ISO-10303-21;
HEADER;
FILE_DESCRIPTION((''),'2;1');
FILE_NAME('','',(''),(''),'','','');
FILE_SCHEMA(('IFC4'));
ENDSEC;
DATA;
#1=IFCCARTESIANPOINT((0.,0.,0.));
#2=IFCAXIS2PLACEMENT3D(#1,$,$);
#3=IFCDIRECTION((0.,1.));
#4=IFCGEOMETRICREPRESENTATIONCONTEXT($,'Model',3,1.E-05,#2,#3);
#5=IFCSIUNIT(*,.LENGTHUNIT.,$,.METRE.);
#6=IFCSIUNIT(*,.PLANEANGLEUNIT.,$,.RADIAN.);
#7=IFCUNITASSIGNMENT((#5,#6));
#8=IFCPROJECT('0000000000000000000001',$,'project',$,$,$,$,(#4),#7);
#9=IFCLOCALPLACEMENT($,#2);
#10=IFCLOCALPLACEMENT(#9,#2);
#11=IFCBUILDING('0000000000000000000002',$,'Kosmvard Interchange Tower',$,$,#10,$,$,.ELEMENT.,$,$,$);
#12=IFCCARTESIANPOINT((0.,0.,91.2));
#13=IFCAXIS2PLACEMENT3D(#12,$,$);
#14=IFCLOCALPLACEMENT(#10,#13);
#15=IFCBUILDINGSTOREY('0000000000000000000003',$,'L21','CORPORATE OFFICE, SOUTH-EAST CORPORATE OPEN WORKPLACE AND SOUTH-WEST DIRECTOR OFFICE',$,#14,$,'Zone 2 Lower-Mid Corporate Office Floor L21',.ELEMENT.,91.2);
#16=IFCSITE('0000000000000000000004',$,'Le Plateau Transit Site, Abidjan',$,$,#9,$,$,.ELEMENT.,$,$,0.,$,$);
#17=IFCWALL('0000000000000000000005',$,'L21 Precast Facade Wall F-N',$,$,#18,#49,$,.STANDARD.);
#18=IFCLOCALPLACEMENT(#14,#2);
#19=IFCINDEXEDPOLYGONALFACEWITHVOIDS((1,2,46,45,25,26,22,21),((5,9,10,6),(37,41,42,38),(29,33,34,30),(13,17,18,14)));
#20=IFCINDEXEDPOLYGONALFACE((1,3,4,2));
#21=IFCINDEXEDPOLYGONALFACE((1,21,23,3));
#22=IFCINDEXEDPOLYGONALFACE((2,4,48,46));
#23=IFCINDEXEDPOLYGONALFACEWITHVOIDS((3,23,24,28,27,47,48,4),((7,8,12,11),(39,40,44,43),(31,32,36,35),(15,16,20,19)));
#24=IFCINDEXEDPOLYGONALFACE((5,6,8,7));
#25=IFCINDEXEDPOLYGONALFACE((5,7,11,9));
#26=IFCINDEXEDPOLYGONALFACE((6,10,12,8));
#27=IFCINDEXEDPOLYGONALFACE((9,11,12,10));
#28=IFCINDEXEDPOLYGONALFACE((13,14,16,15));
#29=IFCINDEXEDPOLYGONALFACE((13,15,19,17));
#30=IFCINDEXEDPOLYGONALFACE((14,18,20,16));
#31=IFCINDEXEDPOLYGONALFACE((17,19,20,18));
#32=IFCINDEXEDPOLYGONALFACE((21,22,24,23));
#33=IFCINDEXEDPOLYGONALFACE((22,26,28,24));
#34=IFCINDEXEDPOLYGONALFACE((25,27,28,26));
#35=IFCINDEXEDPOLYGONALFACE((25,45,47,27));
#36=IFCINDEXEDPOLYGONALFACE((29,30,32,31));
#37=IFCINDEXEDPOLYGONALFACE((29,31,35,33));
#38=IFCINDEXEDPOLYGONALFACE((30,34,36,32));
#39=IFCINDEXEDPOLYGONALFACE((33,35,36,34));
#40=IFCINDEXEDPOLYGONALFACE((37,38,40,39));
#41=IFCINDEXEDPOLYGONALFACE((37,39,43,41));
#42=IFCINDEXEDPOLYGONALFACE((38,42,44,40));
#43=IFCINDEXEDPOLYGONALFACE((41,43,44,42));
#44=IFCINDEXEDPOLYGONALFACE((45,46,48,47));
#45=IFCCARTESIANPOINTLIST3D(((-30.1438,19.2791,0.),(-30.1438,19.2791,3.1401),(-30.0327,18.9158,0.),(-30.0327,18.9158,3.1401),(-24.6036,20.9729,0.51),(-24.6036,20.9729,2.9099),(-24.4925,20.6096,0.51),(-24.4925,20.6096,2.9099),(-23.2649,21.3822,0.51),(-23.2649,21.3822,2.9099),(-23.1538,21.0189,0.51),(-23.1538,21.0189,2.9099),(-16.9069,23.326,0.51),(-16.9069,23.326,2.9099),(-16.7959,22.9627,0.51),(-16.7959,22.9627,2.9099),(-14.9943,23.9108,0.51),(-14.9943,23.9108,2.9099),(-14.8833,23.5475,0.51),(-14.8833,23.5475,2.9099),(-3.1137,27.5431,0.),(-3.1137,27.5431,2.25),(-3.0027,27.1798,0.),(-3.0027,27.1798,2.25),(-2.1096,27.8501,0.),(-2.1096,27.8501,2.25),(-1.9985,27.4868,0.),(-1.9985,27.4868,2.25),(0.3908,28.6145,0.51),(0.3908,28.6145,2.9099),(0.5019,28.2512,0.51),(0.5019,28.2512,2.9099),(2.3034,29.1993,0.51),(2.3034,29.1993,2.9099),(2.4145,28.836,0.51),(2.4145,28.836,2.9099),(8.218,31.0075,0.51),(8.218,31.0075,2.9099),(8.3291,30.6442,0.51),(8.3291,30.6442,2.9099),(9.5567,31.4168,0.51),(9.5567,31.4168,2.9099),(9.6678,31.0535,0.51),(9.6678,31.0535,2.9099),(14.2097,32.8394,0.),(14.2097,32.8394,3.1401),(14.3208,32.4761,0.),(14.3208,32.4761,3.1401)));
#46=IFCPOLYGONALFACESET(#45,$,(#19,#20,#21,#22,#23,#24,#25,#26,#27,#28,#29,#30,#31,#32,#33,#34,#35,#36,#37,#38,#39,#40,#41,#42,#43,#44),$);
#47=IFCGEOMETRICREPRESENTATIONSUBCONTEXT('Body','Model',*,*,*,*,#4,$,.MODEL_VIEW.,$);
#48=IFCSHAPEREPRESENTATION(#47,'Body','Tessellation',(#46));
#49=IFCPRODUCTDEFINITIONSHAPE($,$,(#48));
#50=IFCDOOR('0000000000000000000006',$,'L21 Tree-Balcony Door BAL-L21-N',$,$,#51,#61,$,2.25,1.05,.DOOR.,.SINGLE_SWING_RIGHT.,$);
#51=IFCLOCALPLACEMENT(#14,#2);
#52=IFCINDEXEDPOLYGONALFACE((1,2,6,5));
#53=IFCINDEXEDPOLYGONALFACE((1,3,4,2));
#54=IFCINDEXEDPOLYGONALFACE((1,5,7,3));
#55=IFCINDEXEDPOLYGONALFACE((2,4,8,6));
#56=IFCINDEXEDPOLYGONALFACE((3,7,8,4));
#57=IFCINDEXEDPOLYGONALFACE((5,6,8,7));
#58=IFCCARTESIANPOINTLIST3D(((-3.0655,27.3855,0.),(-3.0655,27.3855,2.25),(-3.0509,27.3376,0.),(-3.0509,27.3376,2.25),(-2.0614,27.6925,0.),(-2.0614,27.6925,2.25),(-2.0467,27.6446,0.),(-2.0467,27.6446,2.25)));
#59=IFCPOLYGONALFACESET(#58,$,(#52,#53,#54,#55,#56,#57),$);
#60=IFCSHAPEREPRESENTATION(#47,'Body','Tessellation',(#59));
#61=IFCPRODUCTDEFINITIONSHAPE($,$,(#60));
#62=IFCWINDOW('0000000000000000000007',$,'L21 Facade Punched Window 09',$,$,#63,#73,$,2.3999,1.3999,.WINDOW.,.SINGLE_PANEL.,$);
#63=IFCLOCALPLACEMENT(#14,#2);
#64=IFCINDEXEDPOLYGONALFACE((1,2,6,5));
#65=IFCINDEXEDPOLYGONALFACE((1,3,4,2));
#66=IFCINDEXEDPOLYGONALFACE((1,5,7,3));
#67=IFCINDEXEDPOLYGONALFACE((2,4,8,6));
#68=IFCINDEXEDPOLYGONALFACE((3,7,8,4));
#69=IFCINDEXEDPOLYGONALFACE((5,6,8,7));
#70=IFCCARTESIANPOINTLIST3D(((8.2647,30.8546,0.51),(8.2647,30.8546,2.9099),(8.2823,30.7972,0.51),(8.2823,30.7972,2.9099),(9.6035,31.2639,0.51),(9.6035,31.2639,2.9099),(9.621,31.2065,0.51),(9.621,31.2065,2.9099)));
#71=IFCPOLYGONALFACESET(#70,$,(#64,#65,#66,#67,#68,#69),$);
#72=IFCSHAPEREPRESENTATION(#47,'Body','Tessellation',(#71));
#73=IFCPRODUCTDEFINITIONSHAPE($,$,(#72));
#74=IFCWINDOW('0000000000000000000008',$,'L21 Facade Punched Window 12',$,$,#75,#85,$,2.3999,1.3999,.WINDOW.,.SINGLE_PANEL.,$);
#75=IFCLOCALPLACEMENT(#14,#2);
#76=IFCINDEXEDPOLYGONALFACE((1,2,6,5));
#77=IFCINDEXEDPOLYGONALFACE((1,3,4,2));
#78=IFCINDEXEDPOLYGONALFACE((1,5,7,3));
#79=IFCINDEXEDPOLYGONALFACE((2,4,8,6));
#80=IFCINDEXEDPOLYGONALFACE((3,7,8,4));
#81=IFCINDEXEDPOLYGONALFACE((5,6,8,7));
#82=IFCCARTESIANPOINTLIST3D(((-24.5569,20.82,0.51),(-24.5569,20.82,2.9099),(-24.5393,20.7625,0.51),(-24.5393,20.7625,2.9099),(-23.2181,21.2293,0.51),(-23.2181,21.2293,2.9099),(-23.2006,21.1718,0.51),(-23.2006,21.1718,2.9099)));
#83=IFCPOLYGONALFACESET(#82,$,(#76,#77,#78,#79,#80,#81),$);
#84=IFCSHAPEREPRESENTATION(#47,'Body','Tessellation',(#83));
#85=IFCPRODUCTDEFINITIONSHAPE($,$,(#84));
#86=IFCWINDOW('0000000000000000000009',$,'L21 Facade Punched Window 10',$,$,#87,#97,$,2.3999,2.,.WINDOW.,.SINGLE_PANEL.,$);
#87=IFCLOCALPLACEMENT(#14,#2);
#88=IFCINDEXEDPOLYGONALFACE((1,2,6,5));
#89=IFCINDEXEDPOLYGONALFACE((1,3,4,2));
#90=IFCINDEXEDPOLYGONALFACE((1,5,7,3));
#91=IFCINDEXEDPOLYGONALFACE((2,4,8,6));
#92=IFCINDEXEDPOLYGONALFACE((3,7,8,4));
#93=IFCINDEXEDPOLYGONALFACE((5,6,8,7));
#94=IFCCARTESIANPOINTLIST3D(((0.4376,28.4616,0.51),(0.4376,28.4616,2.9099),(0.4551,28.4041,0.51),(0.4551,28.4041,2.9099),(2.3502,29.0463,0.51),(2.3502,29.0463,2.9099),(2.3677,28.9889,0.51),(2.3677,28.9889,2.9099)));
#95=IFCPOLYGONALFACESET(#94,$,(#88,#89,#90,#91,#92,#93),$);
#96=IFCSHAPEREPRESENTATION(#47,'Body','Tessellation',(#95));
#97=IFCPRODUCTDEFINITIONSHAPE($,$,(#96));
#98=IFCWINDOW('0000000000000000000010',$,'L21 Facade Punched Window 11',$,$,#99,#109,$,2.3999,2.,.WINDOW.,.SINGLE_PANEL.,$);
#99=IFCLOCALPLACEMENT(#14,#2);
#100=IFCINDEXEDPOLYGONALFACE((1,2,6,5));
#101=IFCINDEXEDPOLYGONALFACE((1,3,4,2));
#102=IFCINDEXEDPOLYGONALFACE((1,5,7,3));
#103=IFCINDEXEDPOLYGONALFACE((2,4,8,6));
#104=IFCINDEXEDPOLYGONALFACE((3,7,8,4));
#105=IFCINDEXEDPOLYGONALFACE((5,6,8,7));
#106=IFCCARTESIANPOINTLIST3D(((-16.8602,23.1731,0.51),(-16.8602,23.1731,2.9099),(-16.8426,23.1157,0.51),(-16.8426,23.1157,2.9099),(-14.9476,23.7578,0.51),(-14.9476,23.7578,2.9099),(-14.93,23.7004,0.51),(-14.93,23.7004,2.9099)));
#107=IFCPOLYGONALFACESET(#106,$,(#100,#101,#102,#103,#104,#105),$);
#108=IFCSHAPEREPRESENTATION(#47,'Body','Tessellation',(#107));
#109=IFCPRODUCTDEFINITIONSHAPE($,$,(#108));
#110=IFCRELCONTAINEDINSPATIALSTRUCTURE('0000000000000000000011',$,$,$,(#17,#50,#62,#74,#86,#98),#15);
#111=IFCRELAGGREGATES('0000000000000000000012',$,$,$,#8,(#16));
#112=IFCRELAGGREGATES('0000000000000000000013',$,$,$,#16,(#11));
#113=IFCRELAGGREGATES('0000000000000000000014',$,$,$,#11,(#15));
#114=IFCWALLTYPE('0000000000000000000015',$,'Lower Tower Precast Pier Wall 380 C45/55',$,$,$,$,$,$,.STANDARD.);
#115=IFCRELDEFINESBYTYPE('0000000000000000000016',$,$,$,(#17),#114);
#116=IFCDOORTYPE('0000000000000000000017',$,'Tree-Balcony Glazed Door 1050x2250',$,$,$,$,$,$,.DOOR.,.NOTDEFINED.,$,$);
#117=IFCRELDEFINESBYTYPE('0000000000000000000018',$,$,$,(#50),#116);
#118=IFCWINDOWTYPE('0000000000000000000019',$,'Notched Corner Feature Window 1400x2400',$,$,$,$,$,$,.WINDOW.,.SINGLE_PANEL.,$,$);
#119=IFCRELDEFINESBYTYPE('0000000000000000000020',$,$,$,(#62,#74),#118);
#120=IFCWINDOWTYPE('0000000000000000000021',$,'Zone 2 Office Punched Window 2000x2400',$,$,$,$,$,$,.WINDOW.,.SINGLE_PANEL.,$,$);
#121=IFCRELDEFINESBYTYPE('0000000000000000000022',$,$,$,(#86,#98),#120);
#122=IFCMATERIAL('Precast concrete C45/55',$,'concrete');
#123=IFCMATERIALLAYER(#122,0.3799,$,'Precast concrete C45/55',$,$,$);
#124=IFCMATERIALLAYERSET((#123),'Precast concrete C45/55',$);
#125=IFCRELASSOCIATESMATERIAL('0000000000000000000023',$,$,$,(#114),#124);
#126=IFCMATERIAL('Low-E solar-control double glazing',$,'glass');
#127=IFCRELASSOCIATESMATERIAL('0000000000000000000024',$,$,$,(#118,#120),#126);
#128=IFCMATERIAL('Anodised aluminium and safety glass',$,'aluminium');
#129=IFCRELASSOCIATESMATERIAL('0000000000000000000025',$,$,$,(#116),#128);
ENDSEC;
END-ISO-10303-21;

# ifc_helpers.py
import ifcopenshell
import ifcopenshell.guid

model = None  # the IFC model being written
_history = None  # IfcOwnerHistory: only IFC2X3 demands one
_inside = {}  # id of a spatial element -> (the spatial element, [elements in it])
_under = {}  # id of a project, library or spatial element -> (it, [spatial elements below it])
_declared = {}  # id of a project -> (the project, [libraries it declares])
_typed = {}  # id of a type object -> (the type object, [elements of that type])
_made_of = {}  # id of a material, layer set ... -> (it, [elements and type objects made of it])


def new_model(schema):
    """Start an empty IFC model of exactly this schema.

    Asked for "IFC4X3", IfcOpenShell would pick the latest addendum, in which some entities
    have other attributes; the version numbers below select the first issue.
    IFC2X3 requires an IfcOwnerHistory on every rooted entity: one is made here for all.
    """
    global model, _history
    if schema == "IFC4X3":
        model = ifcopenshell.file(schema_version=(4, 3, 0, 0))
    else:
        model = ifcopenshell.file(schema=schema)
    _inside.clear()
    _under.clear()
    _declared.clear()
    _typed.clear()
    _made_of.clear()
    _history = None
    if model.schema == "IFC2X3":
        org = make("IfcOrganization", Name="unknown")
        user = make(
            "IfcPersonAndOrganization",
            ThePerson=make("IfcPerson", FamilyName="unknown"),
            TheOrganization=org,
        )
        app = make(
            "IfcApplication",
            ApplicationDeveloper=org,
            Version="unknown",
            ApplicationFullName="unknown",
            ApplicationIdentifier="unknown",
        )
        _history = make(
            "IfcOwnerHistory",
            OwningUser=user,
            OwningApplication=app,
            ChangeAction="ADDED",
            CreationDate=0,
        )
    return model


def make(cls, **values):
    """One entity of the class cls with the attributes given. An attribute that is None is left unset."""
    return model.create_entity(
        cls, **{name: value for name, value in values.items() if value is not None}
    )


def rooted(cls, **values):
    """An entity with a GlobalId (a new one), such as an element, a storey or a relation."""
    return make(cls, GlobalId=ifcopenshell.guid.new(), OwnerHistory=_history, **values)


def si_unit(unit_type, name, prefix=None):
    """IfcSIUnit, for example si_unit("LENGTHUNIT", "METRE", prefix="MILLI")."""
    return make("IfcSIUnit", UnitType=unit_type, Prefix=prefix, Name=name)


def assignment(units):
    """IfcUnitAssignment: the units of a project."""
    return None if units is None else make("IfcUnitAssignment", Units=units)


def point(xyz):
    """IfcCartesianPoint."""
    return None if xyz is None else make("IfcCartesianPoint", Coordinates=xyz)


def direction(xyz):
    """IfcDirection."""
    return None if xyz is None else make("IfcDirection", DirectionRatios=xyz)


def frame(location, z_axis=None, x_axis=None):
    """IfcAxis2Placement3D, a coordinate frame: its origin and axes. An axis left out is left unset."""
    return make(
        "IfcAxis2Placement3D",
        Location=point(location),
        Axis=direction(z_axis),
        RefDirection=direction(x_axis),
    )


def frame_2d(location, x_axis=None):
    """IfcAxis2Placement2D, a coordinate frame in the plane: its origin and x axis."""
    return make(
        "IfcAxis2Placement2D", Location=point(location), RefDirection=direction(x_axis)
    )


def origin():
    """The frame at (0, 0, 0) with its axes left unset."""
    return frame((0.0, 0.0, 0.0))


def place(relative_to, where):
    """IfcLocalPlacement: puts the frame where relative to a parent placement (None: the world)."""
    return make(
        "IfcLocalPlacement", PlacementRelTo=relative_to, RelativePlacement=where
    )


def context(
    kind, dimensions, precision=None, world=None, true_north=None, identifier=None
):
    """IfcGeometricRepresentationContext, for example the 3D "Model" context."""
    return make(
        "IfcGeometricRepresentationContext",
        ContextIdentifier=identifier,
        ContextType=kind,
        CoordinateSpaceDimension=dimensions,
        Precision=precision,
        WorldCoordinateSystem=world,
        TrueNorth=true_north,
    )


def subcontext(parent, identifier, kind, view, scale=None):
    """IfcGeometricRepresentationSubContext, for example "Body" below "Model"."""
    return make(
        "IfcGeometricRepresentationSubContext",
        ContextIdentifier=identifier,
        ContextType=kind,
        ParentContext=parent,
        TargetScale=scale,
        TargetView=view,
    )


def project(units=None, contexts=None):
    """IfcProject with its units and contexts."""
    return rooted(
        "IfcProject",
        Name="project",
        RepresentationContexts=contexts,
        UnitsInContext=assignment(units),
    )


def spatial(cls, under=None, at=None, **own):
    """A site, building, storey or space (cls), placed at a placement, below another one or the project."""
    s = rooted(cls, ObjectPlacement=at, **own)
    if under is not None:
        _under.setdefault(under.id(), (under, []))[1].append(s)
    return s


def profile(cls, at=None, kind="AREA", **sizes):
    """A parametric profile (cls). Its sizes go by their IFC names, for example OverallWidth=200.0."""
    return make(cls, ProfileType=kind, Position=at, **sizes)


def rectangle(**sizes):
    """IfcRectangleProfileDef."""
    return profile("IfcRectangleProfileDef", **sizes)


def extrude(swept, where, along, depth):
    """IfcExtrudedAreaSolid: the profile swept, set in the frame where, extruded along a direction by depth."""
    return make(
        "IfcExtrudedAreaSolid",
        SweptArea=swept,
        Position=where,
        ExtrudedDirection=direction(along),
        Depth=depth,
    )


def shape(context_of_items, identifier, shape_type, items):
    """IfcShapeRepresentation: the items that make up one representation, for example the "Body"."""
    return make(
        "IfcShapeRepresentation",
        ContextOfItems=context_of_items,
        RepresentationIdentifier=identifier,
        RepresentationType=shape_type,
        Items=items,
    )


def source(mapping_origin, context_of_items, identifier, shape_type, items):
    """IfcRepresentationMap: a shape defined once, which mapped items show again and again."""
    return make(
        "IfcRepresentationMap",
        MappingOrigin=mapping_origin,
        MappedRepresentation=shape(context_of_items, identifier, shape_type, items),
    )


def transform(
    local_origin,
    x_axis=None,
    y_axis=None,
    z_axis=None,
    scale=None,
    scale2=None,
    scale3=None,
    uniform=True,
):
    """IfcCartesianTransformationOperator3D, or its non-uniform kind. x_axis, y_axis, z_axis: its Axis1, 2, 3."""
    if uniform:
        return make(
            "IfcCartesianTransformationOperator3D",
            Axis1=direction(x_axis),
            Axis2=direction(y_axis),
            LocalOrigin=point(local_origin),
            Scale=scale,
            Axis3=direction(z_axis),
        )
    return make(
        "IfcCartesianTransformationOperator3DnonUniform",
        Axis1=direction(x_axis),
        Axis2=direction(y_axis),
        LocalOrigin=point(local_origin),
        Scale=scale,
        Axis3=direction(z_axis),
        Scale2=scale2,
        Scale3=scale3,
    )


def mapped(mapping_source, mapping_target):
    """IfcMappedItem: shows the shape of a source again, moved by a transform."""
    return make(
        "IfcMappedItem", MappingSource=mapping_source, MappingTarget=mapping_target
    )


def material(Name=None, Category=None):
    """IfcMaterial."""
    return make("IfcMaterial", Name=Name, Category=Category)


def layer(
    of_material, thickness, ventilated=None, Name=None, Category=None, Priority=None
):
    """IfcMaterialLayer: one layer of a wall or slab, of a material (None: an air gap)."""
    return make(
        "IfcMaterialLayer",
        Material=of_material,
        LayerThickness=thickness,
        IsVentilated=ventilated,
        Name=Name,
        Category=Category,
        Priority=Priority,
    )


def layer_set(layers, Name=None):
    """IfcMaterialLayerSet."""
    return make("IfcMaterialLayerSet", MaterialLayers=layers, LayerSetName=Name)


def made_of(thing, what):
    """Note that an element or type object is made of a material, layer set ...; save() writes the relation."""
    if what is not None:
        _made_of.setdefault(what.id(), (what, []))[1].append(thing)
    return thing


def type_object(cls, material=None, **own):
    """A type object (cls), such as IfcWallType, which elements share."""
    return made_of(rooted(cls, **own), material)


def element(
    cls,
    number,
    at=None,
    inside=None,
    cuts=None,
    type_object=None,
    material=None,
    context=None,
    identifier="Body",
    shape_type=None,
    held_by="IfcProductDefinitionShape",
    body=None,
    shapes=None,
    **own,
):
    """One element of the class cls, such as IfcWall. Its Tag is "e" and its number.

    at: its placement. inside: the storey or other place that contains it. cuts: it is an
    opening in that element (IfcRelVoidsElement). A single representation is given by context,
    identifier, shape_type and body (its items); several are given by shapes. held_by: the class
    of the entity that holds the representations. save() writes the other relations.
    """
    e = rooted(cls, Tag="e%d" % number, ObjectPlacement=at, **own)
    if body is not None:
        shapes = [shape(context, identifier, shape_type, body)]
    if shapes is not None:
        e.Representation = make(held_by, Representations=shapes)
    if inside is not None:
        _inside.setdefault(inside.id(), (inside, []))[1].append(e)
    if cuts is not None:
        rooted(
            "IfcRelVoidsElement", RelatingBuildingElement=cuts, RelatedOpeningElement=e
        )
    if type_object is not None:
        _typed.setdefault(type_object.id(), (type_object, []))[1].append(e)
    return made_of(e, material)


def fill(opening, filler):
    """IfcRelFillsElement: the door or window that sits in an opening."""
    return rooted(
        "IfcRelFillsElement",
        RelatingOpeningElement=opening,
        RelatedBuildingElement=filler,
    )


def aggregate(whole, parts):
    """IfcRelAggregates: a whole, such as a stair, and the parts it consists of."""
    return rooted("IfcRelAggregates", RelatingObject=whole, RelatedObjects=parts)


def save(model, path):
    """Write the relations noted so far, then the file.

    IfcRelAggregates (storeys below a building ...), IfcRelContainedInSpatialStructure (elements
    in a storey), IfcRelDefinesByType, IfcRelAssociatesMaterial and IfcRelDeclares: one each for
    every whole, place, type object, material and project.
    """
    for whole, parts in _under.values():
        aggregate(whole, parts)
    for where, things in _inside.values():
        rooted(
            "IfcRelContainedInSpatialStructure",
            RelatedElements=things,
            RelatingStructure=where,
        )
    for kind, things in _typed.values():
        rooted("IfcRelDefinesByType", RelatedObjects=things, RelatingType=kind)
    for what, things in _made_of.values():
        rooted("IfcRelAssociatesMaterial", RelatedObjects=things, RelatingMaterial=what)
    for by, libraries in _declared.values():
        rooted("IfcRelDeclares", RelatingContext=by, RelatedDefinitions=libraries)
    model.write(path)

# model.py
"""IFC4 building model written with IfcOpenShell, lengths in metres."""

from ifc_helpers import new_model, si_unit, direction, frame, frame_2d, origin, place, context, subcontext, project, spatial, rectangle, extrude, source, transform, mapped, material, layer, layer_set, type_object, element, fill, save


model = new_model("IFC4")

# Units and contexts
model_context = context("Model", 3, precision=1e-05, world=origin(), true_north=direction((0.0, 1.0)))
body_context = subcontext(model_context, "Body", "Model", "MODEL_VIEW")
ifc_project = project(units=[si_unit("LENGTHUNIT", "METRE"), si_unit("PLANEANGLEUNIT", "RADIAN")], contexts=[model_context])

# Site, building, storey
site_placement = place(None, origin())
site = spatial("IfcSite", under=ifc_project, at=site_placement, Name="Le Plateau Transit Site, Abidjan", CompositionType="ELEMENT", RefElevation=0.0)
building_placement = place(site_placement, origin())
building = spatial("IfcBuilding", under=site, at=building_placement, Name="Kosmvard Interchange Tower", CompositionType="ELEMENT")
storey_placement = place(building_placement, frame((0.0, 0.0, 91.2)))
storey = spatial("IfcBuildingStorey", under=building, at=storey_placement, Name="L21", Description="CORPORATE OFFICE, SOUTH-EAST CORPORATE OPEN WORKPLACE AND SOUTH-WEST DIRECTOR OFFICE", LongName="Zone 2 Lower-Mid Corporate Office Floor L21", CompositionType="ELEMENT", Elevation=91.2)

# Shared definitions
ifc_material_1 = material(Name="Precast concrete C45/55", Category="concrete")

# Shared definitions
ifc_layer_1 = layer(ifc_material_1, 0.3799, Name="Precast concrete C45/55")
ifc_layer_set_1 = layer_set([ifc_layer_1], Name="Precast concrete C45/55")
wall_type_1 = type_object("IfcWallType", Name="Lower Tower Precast Pier Wall 380 C45/55", PredefinedType="STANDARD", material=ifc_layer_set_1)

# Shared definitions
ifc_material_2 = material(Name="Low-E solar-control double glazing", Category="glass")
window_type_1 = type_object("IfcWindowType", Name="Notched Corner Feature Window 1400x2400", PartitioningType="SINGLE_PANEL", PredefinedType="WINDOW", material=ifc_material_2)
shared_shape_1 = source(origin(), body_context, "Body", "SweptSolid", [
    extrude(rectangle(XDim=1.3999, YDim=2.3999, at=frame_2d((0.7, 1.2))), frame((0.0, 0.03, 0.0), z_axis=(0.0, -1.0, 0.0), x_axis=(1.0, 0.0, 0.0)), (0.0, 0.0, 1.0), 0.0601),
])

# Wall, openings, door, windows
wall_1_placement = place(storey_placement, frame((14.2651, 32.6577, 0.0), z_axis=(0.0, 0.0, 1.0), x_axis=(-0.956304, -0.292373, 0.0)))
wall_1 = element("IfcWall", 1, at=wall_1_placement, inside=storey, type_object=wall_type_1, Name="L21 Precast Facade Wall F-N", PredefinedType="STANDARD", context=body_context, shape_type="SweptSolid", body=[
    extrude(rectangle(XDim=46.3801, YDim=0.3799, at=frame_2d((23.1899, 0.0))), origin(), (0.0, 0.0, 1.0), 3.1401),
])
opening_1_placement = place(wall_1_placement, frame((17.0649, 0.0, 0.0)))
opening_1 = element("IfcOpeningElement", 2, at=opening_1_placement, cuts=wall_1, PredefinedType="OPENING", context=body_context, shape_type="SweptSolid", body=[
    extrude(rectangle(XDim=1.05, YDim=2.25, at=frame_2d((0.5249, 1.125))), frame((0.0, 0.2, 0.0), z_axis=(0.0, -1.0, 0.0), x_axis=(1.0, 0.0, 0.0)), (0.0, 0.0, 1.0), 0.3999),
])
opening_2_placement = place(wall_1_placement, frame((4.8655, 0.0, 0.51)))
opening_2 = element("IfcOpeningElement", 3, at=opening_2_placement, cuts=wall_1, PredefinedType="OPENING", context=body_context, shape_type="SweptSolid", body=[
    extrude(rectangle(XDim=1.3999, YDim=2.3999, at=frame_2d((0.7, 1.2))), frame((0.0, 0.2, 0.0), z_axis=(0.0, -1.0, 0.0), x_axis=(1.0, 0.0, 0.0)), (0.0, 0.0, 1.0), 0.3999),
])
opening_3_placement = place(wall_1_placement, frame((12.4502, 0.0, 0.51)))
opening_3 = element("IfcOpeningElement", 4, at=opening_3_placement, cuts=wall_1, PredefinedType="OPENING", context=body_context, shape_type="SweptSolid", body=[
    extrude(rectangle(XDim=2.0, YDim=2.3999, at=frame_2d((1.0, 1.2))), frame((0.0, 0.2, 0.0), z_axis=(0.0, -1.0, 0.0), x_axis=(1.0, 0.0, 0.0)), (0.0, 0.0, 1.0), 0.3999),
])
opening_4_placement = place(wall_1_placement, frame((30.5383, 0.0, 0.51)))
opening_4 = element("IfcOpeningElement", 5, at=opening_4_placement, cuts=wall_1, PredefinedType="OPENING", context=body_context, shape_type="SweptSolid", body=[
    extrude(rectangle(XDim=2.0, YDim=2.3999, at=frame_2d((1.0, 1.2))), frame((0.0, 0.2, 0.0), z_axis=(0.0, -1.0, 0.0), x_axis=(1.0, 0.0, 0.0)), (0.0, 0.0, 1.0), 0.3999),
])
opening_5_placement = place(wall_1_placement, frame((39.1868, 0.0, 0.51)))
opening_5 = element("IfcOpeningElement", 6, at=opening_5_placement, cuts=wall_1, PredefinedType="OPENING", context=body_context, shape_type="SweptSolid", body=[
    extrude(rectangle(XDim=1.3999, YDim=2.3999, at=frame_2d((0.7, 1.2))), frame((0.0, 0.2, 0.0), z_axis=(0.0, -1.0, 0.0), x_axis=(1.0, 0.0, 0.0)), (0.0, 0.0, 1.0), 0.3999),
])
ifc_material_3 = material(Name="Anodised aluminium and safety glass", Category="aluminium")
door_type = type_object("IfcDoorType", Name="Tree-Balcony Glazed Door 1050x2250", OperationType="NOTDEFINED", PredefinedType="DOOR", material=ifc_material_3)
shared_shape_2 = source(origin(), body_context, "Body", "SweptSolid", [
    extrude(rectangle(XDim=1.05, YDim=2.25, at=frame_2d((0.5249, 1.125))), frame((0.0, 0.0249, 0.0), z_axis=(0.0, -1.0, 0.0), x_axis=(1.0, 0.0, 0.0)), (0.0, 0.0, 1.0), 0.05),
])
door_placement = place(opening_1_placement, origin())
door = element("IfcDoor", 7, at=door_placement, inside=storey, type_object=door_type, Name="L21 Tree-Balcony Door BAL-L21-N", OperationType="SINGLE_SWING_RIGHT", OverallHeight=2.25, OverallWidth=1.05, PredefinedType="DOOR", context=body_context, shape_type="MappedRepresentation", body=[
    mapped(shared_shape_2, transform((0.0, 0.0, 0.0), scale=1.0)),
])
fill(opening_1, door)
window_1_placement = place(opening_2_placement, origin())
window_1 = element("IfcWindow", 8, at=window_1_placement, inside=storey, type_object=window_type_1, Name="L21 Facade Punched Window 09", OverallHeight=2.3999, OverallWidth=1.3999, PartitioningType="SINGLE_PANEL", PredefinedType="WINDOW", context=body_context, shape_type="MappedRepresentation", body=[
    mapped(shared_shape_1, transform((0.0, 0.0, 0.0), scale=1.0)),
])
fill(opening_2, window_1)
window_2_placement = place(opening_5_placement, origin())
window_2 = element("IfcWindow", 9, at=window_2_placement, inside=storey, type_object=window_type_1, Name="L21 Facade Punched Window 12", OverallHeight=2.3999, OverallWidth=1.3999, PartitioningType="SINGLE_PANEL", PredefinedType="WINDOW", context=body_context, shape_type="MappedRepresentation", body=[
    mapped(shared_shape_1, transform((0.0, 0.0, 0.0), scale=1.0)),
])
fill(opening_5, window_2)
window_type_2 = type_object("IfcWindowType", Name="Zone 2 Office Punched Window 2000x2400", PartitioningType="SINGLE_PANEL", PredefinedType="WINDOW", material=ifc_material_2)
shared_shape_3 = source(origin(), body_context, "Body", "SweptSolid", [
    extrude(rectangle(XDim=2.0, YDim=2.3999, at=frame_2d((1.0, 1.2))), frame((0.0, 0.03, 0.0), z_axis=(0.0, -1.0, 0.0), x_axis=(1.0, 0.0, 0.0)), (0.0, 0.0, 1.0), 0.0601),
])
window_3_placement = place(opening_3_placement, origin())
window_3 = element("IfcWindow", 10, at=window_3_placement, inside=storey, type_object=window_type_2, Name="L21 Facade Punched Window 10", OverallHeight=2.3999, OverallWidth=2.0, PartitioningType="SINGLE_PANEL", PredefinedType="WINDOW", context=body_context, shape_type="MappedRepresentation", body=[
    mapped(shared_shape_3, transform((0.0, 0.0, 0.0), scale=1.0)),
])
fill(opening_3, window_3)
window_4_placement = place(opening_4_placement, origin())
window_4 = element("IfcWindow", 11, at=window_4_placement, inside=storey, type_object=window_type_2, Name="L21 Facade Punched Window 11", OverallHeight=2.3999, OverallWidth=2.0, PartitioningType="SINGLE_PANEL", PredefinedType="WINDOW", context=body_context, shape_type="MappedRepresentation", body=[
    mapped(shared_shape_3, transform((0.0, 0.0, 0.0), scale=1.0)),
])
fill(opening_4, window_4)

save(model, "model.ifc")
